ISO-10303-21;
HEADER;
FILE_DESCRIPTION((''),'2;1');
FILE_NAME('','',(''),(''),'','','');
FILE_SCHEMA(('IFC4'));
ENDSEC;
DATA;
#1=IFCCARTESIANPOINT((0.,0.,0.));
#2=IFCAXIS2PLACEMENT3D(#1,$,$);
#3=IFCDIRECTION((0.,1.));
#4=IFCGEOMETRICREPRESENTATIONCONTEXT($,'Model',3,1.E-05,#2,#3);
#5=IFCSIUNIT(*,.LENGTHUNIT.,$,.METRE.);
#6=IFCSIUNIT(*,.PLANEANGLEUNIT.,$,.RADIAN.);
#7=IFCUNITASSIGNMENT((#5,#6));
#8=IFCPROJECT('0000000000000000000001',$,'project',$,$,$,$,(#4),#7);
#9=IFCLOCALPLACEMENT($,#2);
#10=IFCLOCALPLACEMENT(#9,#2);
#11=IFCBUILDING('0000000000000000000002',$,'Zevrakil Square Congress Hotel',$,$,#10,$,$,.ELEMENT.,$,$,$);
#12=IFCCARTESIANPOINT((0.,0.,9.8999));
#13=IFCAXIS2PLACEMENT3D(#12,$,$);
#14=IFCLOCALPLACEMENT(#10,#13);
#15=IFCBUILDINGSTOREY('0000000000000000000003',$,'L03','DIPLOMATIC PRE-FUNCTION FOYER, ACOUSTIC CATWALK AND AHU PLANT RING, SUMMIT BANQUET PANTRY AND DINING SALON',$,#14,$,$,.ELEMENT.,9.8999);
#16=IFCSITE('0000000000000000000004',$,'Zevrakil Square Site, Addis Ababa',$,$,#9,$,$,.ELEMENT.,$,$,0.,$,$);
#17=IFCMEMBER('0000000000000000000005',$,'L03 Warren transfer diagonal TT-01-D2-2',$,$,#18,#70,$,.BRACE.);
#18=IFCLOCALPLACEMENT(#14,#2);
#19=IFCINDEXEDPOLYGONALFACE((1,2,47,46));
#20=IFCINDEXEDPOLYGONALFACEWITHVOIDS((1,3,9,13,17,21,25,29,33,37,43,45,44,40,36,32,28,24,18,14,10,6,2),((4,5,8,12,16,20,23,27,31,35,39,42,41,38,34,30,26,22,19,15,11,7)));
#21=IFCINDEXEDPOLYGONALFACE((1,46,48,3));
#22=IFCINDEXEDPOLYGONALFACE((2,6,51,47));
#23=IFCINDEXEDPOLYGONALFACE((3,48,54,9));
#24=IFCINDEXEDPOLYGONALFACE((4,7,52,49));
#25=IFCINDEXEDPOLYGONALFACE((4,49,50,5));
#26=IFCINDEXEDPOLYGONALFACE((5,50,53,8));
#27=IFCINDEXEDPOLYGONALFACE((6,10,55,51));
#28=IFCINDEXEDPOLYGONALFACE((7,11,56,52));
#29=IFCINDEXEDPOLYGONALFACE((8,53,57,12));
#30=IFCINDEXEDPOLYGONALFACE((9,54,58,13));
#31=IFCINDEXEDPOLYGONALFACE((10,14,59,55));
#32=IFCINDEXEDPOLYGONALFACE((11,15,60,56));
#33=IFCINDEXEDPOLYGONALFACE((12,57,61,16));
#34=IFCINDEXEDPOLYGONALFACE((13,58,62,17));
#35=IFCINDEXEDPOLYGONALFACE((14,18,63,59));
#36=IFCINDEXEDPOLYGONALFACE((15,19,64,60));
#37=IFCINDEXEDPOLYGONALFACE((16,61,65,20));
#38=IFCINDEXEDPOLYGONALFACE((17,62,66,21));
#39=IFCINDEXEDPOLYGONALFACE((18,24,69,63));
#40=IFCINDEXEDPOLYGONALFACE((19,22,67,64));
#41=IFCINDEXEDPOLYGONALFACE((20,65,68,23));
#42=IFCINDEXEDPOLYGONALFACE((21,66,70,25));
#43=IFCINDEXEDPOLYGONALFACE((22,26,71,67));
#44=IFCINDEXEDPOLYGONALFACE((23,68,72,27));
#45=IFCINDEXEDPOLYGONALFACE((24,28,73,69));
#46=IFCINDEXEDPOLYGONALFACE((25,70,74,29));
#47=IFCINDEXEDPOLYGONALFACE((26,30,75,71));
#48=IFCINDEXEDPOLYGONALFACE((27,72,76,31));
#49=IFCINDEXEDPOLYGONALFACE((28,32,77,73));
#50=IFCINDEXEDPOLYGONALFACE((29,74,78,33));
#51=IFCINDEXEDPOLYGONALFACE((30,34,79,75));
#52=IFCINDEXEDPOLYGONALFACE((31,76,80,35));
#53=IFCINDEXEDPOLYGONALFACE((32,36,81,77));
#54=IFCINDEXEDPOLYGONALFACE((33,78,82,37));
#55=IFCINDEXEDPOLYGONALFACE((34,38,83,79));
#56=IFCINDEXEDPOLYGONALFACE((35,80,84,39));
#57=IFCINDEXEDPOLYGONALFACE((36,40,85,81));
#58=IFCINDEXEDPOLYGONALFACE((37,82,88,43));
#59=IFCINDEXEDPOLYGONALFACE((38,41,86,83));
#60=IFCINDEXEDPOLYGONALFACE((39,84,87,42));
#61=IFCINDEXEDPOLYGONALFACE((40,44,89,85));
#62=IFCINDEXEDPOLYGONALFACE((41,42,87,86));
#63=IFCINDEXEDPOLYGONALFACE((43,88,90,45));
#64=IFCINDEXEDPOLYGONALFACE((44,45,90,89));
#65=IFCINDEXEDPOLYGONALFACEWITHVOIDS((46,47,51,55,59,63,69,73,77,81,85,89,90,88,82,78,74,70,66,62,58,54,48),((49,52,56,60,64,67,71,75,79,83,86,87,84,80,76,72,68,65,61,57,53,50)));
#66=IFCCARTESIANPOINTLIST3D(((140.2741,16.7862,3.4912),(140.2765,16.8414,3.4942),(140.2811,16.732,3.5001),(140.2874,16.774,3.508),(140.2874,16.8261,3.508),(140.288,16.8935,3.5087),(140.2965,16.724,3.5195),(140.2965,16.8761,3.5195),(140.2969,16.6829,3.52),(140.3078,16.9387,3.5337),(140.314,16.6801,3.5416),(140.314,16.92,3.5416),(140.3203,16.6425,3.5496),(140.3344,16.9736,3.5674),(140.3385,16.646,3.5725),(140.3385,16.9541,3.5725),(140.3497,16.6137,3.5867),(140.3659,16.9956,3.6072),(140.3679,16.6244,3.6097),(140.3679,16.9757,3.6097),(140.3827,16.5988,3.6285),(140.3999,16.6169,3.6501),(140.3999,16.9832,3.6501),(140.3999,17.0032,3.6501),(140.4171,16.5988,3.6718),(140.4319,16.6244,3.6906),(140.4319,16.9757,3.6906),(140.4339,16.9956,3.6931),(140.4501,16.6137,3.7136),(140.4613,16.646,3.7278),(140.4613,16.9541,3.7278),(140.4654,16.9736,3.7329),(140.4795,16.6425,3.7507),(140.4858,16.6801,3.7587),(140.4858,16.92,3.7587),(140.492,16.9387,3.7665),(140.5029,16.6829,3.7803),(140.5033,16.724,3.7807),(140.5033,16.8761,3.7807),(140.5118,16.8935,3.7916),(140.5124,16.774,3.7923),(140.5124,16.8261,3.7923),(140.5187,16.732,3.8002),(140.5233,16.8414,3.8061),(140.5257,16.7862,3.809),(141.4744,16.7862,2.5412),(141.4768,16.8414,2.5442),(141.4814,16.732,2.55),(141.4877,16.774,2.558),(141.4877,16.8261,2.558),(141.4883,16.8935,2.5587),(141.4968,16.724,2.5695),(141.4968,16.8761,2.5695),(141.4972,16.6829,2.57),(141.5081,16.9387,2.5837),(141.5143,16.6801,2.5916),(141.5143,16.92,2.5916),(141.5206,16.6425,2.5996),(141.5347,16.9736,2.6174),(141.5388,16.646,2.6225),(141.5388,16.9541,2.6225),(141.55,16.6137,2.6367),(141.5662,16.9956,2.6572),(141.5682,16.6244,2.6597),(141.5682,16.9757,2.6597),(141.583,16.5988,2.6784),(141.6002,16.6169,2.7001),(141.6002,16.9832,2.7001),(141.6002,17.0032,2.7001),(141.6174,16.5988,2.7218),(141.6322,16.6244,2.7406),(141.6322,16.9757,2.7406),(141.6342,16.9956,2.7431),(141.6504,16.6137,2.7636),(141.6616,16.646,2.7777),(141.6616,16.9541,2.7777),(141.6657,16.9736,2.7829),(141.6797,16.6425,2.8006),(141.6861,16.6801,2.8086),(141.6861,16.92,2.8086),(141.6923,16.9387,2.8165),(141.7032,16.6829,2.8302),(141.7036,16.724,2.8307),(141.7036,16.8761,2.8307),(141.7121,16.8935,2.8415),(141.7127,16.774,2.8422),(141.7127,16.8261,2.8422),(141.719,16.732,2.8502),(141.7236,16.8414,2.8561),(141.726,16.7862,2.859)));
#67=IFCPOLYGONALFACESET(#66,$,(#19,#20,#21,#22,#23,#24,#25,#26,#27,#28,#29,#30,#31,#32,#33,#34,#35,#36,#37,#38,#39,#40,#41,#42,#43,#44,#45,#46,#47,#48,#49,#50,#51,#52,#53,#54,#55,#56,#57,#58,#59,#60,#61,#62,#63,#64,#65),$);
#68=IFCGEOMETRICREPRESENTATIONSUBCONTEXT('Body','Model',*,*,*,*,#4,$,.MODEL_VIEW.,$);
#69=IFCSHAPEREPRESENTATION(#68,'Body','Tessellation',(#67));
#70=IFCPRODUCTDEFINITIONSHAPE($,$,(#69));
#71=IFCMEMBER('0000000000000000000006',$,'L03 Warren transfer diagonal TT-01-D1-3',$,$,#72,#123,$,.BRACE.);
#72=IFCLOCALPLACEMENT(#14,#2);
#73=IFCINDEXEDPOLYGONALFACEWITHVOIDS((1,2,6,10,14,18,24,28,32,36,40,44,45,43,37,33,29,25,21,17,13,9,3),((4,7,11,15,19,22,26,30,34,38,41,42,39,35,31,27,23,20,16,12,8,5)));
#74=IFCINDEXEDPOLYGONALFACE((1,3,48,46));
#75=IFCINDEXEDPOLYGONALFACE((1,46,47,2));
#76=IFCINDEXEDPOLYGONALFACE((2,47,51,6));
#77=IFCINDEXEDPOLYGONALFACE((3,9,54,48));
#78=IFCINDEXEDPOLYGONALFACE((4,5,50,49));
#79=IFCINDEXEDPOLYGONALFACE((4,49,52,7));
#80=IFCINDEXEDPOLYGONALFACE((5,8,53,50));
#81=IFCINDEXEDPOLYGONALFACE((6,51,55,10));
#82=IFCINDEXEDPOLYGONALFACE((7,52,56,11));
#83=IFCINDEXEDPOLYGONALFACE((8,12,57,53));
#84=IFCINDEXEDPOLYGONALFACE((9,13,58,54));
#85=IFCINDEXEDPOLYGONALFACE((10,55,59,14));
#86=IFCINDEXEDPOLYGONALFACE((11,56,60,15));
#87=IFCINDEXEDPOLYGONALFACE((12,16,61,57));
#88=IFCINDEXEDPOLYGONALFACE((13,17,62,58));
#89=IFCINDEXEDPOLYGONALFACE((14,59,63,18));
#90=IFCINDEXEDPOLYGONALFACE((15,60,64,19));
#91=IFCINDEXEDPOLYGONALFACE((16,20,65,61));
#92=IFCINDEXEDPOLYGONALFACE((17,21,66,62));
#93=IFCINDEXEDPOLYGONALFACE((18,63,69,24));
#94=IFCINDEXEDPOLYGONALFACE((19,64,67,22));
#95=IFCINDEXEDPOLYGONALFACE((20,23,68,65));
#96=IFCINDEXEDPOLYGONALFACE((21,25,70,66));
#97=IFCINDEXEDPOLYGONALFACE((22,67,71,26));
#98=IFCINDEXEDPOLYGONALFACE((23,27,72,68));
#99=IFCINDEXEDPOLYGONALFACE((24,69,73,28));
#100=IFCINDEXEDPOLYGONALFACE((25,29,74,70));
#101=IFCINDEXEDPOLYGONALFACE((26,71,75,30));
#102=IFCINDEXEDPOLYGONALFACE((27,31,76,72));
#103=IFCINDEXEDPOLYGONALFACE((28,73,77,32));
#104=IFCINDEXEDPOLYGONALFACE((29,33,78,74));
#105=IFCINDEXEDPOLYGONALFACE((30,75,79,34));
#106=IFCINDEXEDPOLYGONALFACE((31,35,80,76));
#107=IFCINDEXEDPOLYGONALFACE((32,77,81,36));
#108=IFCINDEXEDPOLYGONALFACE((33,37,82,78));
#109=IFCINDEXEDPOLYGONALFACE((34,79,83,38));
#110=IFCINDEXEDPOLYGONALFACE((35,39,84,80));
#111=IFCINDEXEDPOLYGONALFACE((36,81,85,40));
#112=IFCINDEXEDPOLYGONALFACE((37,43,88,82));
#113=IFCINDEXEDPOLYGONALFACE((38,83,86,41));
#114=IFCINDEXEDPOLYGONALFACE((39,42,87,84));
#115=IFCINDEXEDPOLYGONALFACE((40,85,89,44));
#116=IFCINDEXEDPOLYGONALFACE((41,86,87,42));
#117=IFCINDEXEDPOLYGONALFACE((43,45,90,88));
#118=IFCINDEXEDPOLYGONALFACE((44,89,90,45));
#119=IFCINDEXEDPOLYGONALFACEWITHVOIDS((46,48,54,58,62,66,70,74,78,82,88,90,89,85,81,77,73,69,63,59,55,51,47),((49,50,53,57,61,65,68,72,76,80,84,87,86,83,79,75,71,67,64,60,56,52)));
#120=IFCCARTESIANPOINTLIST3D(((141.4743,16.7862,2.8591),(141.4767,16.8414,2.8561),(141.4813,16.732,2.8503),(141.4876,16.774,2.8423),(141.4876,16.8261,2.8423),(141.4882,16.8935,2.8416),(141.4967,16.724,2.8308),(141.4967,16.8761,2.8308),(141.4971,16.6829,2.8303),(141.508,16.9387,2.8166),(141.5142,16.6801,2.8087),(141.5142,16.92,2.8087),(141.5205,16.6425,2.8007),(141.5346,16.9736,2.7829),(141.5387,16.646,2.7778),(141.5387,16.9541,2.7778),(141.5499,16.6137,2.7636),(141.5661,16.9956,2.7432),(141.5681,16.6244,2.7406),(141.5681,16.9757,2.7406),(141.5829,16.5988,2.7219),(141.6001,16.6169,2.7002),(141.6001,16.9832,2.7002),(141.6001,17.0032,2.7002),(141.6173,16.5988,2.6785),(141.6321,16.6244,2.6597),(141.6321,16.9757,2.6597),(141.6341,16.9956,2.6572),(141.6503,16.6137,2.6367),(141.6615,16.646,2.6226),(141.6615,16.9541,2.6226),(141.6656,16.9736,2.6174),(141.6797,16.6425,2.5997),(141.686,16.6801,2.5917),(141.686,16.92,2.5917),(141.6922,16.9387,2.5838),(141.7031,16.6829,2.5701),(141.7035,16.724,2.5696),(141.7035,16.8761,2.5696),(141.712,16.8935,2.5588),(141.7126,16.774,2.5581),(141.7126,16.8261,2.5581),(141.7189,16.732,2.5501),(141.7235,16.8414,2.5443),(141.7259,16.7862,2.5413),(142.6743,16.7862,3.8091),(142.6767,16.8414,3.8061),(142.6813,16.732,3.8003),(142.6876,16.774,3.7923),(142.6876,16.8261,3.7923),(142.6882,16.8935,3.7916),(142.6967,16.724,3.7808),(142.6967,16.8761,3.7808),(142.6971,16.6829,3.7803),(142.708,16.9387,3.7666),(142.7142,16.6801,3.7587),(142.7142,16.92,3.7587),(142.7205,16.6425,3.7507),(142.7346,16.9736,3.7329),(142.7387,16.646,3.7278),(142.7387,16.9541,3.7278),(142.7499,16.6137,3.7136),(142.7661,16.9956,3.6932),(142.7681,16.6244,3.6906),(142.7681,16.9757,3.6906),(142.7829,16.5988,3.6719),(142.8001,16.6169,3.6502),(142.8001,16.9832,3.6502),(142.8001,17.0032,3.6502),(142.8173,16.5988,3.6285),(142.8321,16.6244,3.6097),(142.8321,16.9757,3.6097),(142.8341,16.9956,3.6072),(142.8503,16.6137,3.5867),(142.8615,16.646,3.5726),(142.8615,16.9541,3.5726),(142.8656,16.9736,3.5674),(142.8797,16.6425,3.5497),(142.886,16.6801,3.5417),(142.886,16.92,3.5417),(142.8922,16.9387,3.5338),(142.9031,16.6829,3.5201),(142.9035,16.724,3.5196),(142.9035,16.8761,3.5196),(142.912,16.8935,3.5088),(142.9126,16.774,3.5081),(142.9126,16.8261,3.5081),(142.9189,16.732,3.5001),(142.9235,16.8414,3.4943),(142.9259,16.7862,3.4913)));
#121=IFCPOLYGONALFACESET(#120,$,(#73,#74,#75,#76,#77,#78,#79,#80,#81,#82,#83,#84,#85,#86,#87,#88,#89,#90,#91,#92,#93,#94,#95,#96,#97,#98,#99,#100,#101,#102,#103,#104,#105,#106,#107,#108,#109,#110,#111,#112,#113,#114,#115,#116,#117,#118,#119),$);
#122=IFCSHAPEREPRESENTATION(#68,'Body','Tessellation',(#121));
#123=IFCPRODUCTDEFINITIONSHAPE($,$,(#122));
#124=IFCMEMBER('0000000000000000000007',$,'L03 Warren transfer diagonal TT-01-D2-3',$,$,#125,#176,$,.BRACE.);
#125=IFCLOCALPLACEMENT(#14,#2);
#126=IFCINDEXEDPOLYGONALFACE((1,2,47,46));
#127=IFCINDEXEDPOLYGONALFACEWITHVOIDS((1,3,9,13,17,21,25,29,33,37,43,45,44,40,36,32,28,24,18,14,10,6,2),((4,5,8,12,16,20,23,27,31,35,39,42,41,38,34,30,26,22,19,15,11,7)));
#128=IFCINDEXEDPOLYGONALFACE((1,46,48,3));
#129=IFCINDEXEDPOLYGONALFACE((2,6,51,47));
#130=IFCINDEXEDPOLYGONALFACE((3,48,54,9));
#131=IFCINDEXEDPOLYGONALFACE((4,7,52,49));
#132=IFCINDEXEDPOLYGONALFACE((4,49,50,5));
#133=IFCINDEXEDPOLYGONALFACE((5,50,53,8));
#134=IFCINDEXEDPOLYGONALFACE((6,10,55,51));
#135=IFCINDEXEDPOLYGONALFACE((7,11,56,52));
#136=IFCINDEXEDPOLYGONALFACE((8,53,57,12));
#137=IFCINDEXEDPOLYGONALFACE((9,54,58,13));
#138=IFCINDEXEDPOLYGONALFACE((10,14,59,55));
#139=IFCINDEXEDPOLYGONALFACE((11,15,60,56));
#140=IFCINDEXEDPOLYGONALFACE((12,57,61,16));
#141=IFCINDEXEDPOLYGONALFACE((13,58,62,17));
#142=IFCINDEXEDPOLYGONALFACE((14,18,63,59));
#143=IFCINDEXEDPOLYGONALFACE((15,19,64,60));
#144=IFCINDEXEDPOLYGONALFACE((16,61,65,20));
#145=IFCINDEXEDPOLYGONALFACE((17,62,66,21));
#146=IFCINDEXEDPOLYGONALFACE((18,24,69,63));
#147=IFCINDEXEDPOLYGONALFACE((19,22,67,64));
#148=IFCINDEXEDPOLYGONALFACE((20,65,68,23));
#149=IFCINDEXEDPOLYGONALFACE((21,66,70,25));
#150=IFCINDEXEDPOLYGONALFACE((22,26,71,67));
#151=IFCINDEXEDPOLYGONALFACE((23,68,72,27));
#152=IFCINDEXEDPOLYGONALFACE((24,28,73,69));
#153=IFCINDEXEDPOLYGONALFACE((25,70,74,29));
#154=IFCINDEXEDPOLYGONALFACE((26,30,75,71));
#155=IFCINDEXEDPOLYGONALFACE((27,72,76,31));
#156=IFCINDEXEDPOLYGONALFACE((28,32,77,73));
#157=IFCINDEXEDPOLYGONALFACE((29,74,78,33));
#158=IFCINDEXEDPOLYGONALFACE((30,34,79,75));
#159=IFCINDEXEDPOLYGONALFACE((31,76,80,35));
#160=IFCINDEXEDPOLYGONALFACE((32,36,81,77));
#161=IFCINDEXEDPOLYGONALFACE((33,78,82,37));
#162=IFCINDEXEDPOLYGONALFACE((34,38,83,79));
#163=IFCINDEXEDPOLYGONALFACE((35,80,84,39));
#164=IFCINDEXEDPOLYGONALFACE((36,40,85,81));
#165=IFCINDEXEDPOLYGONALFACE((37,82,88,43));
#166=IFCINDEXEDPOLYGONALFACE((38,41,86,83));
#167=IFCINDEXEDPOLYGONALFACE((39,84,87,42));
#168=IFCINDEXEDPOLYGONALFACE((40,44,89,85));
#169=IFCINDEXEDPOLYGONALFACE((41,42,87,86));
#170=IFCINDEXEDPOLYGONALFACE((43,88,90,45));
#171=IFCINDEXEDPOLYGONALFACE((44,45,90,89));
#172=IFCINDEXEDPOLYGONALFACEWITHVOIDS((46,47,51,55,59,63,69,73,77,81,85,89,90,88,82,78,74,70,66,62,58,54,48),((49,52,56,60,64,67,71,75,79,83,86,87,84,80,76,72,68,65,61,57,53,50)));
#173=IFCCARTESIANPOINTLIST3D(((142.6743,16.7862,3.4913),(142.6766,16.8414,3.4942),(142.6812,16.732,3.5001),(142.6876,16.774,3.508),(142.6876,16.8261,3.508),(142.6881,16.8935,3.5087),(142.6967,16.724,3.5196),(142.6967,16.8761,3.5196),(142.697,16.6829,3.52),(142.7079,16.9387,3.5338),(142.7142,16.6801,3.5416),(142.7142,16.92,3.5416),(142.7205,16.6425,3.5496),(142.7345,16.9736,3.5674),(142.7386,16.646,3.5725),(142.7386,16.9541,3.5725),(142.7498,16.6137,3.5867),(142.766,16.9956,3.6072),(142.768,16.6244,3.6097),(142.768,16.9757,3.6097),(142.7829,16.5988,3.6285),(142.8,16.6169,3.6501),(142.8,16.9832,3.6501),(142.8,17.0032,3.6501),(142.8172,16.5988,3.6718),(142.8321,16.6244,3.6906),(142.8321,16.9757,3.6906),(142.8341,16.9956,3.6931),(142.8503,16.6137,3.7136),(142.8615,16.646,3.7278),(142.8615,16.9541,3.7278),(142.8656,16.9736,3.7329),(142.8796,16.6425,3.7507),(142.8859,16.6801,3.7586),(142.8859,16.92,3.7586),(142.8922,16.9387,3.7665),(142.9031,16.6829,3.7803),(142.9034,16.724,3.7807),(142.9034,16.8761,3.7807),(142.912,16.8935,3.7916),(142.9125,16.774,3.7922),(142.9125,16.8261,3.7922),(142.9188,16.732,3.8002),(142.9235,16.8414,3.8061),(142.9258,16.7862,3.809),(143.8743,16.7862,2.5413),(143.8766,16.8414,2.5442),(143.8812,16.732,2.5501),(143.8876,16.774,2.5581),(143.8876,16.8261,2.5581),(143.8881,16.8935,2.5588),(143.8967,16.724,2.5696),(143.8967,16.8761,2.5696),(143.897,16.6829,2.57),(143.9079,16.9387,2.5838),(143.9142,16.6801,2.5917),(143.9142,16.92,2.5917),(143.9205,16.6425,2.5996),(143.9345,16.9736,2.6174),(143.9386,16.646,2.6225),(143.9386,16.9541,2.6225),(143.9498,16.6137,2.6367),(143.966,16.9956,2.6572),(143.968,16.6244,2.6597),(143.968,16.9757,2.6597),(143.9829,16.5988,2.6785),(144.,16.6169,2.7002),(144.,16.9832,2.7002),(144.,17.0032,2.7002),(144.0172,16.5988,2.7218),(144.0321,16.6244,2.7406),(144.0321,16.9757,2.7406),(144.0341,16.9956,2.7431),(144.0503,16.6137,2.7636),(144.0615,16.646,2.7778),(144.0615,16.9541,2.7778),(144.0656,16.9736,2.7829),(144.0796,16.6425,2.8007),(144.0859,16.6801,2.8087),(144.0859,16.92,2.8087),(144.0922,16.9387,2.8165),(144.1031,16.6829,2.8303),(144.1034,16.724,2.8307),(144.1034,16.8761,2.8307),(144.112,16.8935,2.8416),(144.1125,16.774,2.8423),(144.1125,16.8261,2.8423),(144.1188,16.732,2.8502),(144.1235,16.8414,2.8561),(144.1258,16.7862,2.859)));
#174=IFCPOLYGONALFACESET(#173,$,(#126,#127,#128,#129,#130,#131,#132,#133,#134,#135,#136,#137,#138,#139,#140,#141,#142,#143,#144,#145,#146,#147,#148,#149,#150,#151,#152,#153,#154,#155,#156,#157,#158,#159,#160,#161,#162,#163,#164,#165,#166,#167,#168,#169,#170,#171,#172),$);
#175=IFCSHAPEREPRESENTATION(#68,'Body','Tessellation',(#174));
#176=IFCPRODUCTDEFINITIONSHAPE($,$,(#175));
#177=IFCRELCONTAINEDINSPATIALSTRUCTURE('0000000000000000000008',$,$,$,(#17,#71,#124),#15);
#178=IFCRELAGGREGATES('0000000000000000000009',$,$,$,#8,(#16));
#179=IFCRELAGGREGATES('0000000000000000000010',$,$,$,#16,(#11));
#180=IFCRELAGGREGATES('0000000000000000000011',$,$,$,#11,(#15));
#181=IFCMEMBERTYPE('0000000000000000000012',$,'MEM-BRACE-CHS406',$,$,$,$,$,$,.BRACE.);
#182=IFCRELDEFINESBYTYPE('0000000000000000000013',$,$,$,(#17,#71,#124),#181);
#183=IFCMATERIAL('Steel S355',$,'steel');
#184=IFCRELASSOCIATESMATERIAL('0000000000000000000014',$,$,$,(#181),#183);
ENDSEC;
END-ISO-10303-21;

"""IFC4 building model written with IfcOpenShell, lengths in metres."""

from ifc_helpers import new_model, si_unit, direction, frame, origin, origin_2d, place, context, subcontext, project, spatial, hollow_circle, extrude, material, material_profile, profile_set, type_object, element, save


model = new_model("IFC4")

# Units and contexts
model_context = context("Model", 3, precision=1e-05, world=origin(), true_north=direction((0.0, 1.0)))
body_context = subcontext(model_context, "Body", "Model", "MODEL_VIEW")
ifc_project = project(units=[si_unit("LENGTHUNIT", "METRE"), si_unit("PLANEANGLEUNIT", "RADIAN")], contexts=[model_context])

# Site, building, storey
site_placement = place(None, origin())
site = spatial("IfcSite", under=ifc_project, at=site_placement, Name="Zevrakil Square Site, Addis Ababa", CompositionType="ELEMENT", RefElevation=0.0)
building_placement = place(site_placement, origin())
building = spatial("IfcBuilding", under=site, at=building_placement, Name="Zevrakil Square Congress Hotel", CompositionType="ELEMENT")
storey_placement = place(building_placement, frame((0.0, 0.0, 9.8999)))
storey = spatial("IfcBuildingStorey", under=building, at=storey_placement, Name="L03", Description="DIPLOMATIC PRE-FUNCTION FOYER, ACOUSTIC CATWALK AND AHU PLANT RING, SUMMIT BANQUET PANTRY AND DINING SALON", CompositionType="ELEMENT", Elevation=9.8999)

# Members
ifc_material_1 = material(Name="Steel S355", Category="steel")
ifc_material_profile_1 = material_profile(ifc_material_1, hollow_circle(Radius=0.2031, WallThickness=0.02, at=origin_2d()), Name="CHS 406.4x20")
ifc_profile_set_1 = profile_set([ifc_material_profile_1], Name="Steel S355")
member_type_1 = type_object("IfcMemberType", Name="MEM-BRACE-CHS406", PredefinedType="BRACE", material=ifc_profile_set_1)
member_1_placement = place(storey_placement, frame((140.3999, 16.8, 3.6501), z_axis=(0.784111, 0.0, -0.620621), x_axis=(0.0, 1.0, 0.0)))
element("IfcMember", 1, at=member_1_placement, inside=storey, type_object=member_type_1, Name="L03 Warren transfer diagonal TT-01-D2-2", PredefinedType="BRACE", context=body_context, shape_type="SweptSolid", body=[
    extrude(hollow_circle(Radius=0.2031, WallThickness=0.02, at=origin_2d()), origin(), (0.0, 0.0, 1.0), 1.5308),
])
for number, where, z_axis, x_axis, name in (
    (2, (141.6001, 16.8, 2.7002), (0.784049, 0.0, 0.620699), (0.0, 1.0, 0.0), "L03 Warren transfer diagonal TT-01-D1-3"),
    (3, (142.8, 16.8, 3.6501), (0.784049, 0.0, -0.620699), (0.0, 1.0, 0.0), "L03 Warren transfer diagonal TT-01-D2-3"),
):
    element("IfcMember", number, at=place(storey_placement, frame(where, z_axis=z_axis, x_axis=x_axis)), inside=storey, type_object=member_type_1, Name=name, PredefinedType="BRACE", context=body_context, shape_type="SweptSolid", body=[
        extrude(hollow_circle(Radius=0.2031, WallThickness=0.02, at=origin_2d()), origin(), (0.0, 0.0, 1.0), 1.5305),
    ])

save(model, "model.ifc")
